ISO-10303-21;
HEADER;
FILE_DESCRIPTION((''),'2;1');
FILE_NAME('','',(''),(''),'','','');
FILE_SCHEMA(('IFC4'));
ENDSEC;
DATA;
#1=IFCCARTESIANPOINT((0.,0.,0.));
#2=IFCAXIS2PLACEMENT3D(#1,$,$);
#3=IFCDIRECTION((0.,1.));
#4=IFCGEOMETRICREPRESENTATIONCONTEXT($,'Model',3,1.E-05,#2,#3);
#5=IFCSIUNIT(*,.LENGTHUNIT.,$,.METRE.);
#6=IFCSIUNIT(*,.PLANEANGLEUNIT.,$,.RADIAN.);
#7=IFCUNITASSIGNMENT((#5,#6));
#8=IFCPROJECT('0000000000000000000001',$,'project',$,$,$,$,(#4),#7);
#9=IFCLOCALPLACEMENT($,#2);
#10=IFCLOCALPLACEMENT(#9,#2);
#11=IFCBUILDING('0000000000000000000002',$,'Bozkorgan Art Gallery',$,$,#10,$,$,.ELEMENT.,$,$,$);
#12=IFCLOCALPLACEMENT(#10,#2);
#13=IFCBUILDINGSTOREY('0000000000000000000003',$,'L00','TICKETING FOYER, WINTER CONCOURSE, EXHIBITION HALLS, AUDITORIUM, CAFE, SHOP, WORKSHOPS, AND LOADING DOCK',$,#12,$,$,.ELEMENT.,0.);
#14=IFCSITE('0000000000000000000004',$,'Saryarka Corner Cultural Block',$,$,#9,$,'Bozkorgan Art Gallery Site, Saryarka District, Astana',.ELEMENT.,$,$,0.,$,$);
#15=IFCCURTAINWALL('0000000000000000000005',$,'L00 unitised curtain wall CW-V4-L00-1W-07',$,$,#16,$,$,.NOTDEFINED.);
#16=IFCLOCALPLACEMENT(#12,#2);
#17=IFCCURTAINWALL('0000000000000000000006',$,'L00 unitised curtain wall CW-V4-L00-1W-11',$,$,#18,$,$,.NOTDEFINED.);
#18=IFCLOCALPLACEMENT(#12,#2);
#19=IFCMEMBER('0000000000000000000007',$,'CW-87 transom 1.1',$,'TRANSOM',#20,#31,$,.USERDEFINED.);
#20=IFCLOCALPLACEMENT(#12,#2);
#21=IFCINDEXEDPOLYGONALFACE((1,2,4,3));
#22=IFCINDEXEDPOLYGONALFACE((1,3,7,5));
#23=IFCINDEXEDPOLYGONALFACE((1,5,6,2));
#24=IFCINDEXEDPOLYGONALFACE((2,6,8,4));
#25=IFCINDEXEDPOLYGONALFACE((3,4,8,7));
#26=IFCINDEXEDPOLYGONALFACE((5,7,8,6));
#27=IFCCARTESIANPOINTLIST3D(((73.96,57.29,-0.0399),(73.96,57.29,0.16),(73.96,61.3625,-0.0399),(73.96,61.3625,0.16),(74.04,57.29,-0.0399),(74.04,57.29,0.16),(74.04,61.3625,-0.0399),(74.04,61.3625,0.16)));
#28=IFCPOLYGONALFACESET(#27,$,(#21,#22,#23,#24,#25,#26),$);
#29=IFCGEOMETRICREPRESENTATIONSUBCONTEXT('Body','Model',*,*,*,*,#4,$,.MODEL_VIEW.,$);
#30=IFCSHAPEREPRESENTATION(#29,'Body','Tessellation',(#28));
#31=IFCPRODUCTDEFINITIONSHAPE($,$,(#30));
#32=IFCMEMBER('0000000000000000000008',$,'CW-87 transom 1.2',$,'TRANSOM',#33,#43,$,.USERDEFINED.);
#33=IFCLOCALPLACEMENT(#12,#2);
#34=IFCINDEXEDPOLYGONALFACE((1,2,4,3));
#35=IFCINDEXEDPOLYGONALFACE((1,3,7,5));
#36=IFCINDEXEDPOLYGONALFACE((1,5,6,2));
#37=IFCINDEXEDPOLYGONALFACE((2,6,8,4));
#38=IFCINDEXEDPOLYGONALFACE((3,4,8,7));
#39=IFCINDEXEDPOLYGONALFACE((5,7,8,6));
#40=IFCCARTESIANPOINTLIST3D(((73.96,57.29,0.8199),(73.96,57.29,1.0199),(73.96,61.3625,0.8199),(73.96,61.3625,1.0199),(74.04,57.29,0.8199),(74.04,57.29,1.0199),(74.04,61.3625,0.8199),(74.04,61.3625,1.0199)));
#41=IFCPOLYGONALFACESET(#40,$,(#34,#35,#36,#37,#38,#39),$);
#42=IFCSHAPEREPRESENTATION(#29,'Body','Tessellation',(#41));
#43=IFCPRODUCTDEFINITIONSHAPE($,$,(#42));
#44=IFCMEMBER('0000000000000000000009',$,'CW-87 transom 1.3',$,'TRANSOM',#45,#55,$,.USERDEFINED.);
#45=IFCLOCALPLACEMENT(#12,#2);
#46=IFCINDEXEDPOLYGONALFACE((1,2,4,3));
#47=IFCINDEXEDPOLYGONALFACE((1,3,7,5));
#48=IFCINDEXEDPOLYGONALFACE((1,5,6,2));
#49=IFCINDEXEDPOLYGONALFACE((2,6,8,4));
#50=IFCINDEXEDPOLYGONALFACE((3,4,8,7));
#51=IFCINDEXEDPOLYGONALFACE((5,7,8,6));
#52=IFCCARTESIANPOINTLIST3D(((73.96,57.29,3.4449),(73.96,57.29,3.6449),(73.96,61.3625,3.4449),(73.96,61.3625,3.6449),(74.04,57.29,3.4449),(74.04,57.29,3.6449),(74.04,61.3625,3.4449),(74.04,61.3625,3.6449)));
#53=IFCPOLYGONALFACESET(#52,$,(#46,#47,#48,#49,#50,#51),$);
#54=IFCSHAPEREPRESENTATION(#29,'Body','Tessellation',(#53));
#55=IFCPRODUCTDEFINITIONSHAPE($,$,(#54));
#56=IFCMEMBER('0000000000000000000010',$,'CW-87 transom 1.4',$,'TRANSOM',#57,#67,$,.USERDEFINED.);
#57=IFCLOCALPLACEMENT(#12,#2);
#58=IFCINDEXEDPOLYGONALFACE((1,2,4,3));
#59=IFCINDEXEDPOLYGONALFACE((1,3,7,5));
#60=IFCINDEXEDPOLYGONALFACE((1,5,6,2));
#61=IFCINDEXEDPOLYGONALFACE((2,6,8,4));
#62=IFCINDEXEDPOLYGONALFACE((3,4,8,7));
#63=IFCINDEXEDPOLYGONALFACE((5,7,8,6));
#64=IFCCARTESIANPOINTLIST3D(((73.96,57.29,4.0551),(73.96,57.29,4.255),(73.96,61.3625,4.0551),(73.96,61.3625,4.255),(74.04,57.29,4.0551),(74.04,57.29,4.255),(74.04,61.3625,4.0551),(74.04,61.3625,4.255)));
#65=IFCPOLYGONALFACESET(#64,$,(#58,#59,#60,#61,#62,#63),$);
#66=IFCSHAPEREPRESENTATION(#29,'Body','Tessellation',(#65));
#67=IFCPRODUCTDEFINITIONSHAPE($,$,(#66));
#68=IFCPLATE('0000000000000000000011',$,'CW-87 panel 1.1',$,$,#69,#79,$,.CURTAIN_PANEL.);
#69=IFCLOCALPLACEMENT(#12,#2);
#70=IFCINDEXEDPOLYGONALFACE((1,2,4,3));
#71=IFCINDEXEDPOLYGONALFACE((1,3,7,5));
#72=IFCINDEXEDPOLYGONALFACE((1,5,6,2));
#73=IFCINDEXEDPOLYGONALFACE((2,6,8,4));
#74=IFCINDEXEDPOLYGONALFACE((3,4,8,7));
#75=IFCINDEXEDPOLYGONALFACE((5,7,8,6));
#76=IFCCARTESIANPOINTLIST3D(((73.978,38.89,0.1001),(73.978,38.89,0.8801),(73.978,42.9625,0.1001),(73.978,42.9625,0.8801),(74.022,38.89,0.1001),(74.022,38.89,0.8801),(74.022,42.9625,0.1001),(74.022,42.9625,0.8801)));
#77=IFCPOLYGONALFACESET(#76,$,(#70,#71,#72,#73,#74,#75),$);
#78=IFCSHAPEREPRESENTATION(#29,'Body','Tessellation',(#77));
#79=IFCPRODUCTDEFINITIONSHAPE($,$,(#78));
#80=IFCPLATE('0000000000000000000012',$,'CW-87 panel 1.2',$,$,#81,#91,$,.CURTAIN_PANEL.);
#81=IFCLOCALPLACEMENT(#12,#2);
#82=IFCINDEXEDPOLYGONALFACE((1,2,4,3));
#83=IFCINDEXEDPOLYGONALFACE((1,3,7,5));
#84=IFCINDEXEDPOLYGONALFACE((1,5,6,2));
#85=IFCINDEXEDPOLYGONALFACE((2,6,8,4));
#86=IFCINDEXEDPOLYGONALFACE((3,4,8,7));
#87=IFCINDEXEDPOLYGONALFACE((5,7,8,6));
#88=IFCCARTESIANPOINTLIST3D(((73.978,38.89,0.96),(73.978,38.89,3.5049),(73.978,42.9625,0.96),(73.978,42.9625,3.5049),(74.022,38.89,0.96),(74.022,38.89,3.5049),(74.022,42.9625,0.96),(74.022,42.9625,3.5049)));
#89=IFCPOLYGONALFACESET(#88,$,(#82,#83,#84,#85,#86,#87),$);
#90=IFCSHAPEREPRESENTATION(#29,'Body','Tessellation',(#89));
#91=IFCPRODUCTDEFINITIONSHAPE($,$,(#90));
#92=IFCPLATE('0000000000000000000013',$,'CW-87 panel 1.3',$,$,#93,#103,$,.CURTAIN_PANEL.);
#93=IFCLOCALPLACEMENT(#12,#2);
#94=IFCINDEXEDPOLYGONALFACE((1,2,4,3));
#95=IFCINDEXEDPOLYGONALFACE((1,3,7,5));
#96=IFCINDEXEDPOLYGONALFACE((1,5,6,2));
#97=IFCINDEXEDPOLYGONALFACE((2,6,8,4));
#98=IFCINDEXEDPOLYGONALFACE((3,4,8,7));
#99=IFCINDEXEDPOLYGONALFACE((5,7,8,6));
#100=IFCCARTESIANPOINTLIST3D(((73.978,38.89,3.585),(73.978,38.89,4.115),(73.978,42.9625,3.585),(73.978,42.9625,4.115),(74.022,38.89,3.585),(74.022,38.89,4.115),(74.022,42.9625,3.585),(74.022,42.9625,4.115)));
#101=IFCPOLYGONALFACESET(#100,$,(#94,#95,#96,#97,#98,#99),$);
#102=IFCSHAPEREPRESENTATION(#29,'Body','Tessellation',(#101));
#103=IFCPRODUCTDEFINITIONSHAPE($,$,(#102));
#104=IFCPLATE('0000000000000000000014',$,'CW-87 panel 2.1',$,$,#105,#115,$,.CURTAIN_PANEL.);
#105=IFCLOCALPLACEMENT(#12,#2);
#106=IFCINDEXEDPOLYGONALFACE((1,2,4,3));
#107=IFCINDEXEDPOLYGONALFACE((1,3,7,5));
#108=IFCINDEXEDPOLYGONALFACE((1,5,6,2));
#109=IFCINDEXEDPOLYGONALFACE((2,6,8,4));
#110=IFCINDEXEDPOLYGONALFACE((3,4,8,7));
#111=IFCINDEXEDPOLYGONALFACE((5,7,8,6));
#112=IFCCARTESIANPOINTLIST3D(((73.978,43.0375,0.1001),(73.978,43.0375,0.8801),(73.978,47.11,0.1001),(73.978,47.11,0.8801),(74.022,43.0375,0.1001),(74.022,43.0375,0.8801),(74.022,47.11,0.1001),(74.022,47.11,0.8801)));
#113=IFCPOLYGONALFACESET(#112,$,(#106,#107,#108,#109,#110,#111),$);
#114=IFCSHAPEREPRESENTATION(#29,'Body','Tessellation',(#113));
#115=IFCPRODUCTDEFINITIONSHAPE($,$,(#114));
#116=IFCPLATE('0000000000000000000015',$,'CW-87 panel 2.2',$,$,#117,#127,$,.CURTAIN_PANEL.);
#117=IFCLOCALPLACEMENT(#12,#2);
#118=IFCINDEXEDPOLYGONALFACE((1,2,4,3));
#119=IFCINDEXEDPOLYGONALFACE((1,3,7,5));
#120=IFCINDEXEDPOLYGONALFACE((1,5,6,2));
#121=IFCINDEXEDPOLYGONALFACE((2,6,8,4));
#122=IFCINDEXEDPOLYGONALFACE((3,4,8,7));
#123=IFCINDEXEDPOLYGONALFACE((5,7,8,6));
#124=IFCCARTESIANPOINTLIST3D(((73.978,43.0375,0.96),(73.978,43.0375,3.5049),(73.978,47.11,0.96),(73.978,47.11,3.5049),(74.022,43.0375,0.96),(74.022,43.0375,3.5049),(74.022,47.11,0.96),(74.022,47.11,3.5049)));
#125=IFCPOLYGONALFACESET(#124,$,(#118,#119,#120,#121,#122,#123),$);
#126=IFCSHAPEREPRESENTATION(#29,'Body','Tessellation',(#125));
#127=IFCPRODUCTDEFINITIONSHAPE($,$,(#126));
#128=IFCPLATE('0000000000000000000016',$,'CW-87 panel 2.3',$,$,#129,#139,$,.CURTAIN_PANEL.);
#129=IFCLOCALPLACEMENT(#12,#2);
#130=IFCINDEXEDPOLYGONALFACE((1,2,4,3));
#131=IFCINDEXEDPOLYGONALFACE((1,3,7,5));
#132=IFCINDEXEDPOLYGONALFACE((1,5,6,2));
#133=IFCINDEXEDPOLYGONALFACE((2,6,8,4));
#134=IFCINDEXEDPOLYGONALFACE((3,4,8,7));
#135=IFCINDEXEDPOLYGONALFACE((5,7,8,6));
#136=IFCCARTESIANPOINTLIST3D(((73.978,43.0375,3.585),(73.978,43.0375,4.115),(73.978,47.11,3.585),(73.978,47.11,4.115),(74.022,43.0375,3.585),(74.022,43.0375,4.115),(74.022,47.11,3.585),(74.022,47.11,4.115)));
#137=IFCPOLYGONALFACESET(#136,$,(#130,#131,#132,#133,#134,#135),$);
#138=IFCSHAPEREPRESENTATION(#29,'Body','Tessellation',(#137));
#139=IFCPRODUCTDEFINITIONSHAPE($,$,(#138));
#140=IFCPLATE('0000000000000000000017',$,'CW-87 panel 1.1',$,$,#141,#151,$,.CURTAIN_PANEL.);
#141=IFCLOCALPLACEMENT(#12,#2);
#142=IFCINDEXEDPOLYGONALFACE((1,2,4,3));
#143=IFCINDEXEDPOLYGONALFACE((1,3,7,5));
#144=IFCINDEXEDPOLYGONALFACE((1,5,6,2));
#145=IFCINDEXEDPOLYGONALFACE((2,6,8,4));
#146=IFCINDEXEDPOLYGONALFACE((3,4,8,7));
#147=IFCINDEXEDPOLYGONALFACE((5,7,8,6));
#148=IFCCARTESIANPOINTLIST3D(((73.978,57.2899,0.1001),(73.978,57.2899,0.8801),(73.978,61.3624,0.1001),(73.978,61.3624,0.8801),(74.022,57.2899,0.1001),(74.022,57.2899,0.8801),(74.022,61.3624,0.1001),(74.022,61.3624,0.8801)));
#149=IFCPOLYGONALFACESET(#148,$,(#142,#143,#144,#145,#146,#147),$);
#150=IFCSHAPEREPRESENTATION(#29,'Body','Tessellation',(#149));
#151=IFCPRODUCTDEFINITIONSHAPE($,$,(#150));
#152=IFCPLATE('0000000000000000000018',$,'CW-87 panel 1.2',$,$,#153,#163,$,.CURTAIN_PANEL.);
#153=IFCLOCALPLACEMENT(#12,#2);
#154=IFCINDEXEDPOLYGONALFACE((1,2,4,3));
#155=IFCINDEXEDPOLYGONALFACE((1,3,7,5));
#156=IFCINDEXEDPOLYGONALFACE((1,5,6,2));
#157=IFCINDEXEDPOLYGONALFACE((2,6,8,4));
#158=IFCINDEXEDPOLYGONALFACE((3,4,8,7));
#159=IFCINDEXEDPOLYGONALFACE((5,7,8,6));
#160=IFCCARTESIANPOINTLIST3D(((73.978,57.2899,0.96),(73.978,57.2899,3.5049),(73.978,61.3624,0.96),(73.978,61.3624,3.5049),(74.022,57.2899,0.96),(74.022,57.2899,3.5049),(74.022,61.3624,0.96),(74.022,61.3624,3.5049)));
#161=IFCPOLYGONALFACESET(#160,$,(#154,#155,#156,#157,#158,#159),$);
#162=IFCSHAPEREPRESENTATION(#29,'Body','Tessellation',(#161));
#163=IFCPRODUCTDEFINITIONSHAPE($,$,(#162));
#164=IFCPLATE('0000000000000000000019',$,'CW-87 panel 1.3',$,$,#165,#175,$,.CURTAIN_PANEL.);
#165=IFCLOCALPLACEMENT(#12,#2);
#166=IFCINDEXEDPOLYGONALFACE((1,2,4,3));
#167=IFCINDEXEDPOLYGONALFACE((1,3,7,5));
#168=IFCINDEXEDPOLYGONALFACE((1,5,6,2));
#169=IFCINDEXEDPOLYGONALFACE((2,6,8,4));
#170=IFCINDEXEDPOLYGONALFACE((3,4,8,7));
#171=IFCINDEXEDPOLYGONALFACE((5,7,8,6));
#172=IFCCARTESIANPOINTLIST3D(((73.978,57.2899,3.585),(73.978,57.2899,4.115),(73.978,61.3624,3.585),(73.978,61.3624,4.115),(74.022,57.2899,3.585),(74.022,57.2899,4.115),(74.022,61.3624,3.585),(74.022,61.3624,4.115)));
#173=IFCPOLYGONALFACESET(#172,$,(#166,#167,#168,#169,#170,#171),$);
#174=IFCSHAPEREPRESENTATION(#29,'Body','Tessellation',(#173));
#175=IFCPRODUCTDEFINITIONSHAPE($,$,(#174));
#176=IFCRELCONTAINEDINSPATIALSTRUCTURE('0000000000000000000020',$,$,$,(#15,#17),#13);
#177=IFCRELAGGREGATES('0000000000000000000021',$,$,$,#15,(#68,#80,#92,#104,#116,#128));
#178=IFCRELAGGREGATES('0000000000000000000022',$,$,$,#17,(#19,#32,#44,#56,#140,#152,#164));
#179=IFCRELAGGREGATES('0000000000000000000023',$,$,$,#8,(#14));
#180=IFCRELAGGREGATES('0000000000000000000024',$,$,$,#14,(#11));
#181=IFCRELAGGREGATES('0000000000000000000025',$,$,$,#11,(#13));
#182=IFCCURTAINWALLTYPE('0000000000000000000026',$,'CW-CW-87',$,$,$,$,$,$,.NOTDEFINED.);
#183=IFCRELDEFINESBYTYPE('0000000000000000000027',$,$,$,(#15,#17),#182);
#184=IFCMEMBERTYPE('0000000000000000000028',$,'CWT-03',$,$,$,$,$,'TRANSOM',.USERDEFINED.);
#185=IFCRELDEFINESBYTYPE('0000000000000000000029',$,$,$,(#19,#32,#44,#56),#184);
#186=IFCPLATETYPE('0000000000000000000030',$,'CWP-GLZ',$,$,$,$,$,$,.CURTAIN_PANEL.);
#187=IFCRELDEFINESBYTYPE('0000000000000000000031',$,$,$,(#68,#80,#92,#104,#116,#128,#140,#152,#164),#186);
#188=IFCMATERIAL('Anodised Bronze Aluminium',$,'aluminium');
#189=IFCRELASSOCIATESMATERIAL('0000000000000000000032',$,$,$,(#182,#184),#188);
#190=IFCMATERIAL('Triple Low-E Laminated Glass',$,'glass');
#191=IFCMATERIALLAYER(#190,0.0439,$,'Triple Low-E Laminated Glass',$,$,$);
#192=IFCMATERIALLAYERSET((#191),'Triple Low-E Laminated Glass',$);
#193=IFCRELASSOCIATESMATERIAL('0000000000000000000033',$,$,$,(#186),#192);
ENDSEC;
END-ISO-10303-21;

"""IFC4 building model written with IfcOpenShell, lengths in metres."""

from ifc_helpers import new_model, si_unit, direction, frame, origin, origin_2d, place, context, subcontext, project, spatial, rectangle, extrude, material, layer, layer_set, material_profile, profile_set, type_object, element, aggregate, save


model = new_model("IFC4")

# Units and contexts
model_context = context("Model", 3, precision=1e-05, world=origin(), true_north=direction((0.0, 1.0)))
body_context = subcontext(model_context, "Body", "Model", "MODEL_VIEW")
ifc_project = project(units=[si_unit("LENGTHUNIT", "METRE"), si_unit("PLANEANGLEUNIT", "RADIAN")], contexts=[model_context])

# Site, building, storey
site_placement = place(None, origin())
site = spatial("IfcSite", under=ifc_project, at=site_placement, Name="Saryarka Corner Cultural Block", LongName="Bozkorgan Art Gallery Site, Saryarka District, Astana", CompositionType="ELEMENT", RefElevation=0.0)
building_placement = place(site_placement, origin())
building = spatial("IfcBuilding", under=site, at=building_placement, Name="Bozkorgan Art Gallery", CompositionType="ELEMENT")
storey_placement = place(building_placement, origin())
storey = spatial("IfcBuildingStorey", under=building, at=storey_placement, Name="L00", Description="TICKETING FOYER, WINTER CONCOURSE, EXHIBITION HALLS, AUDITORIUM, CAFE, SHOP, WORKSHOPS, AND LOADING DOCK", CompositionType="ELEMENT", Elevation=0.0)

# Curtain wall
ifc_material_1 = material(Name="Anodised Bronze Aluminium", Category="aluminium")
curtain_wall_type = type_object("IfcCurtainWallType", Name="CW-CW-87", PredefinedType="NOTDEFINED", material=ifc_material_1)
curtain_wall_1_placement = place(storey_placement, origin())
curtain_wall_1 = element("IfcCurtainWall", 1, at=curtain_wall_1_placement, inside=storey, type_object=curtain_wall_type, Name="L00 unitised curtain wall CW-V4-L00-1W-07", PredefinedType="NOTDEFINED")

# Curtain wall
curtain_wall_2_placement = place(storey_placement, origin())
curtain_wall_2 = element("IfcCurtainWall", 2, at=curtain_wall_2_placement, inside=storey, type_object=curtain_wall_type, Name="L00 unitised curtain wall CW-V4-L00-1W-11", PredefinedType="NOTDEFINED")

# Members
ifc_material_profile_1 = material_profile(ifc_material_1, rectangle(XDim=0.0801, YDim=0.2, at=origin_2d()), Name="ALU TRANSOM 80x200")
ifc_profile_set_1 = profile_set([ifc_material_profile_1], Name="Anodised Bronze Aluminium")
member_type_1 = type_object("IfcMemberType", Name="CWT-03", ElementType="TRANSOM", PredefinedType="USERDEFINED", material=ifc_profile_set_1)
member_1_placement = place(storey_placement, frame((74.0, 57.29, 0.0601), z_axis=(0.0, 1.0, 0.0), x_axis=(-1.0, 0.0, 0.0)))
member_1 = element("IfcMember", 3, at=member_1_placement, type_object=member_type_1, Name="CW-87 transom 1.1", ObjectType="TRANSOM", PredefinedType="USERDEFINED", context=body_context, shape_type="SweptSolid", body=[
    extrude(rectangle(XDim=0.0801, YDim=0.2, at=origin_2d()), origin(), (0.0, 0.0, 1.0), 4.0725),
])
member_2_placement = place(storey_placement, frame((74.0, 57.29, 0.9199), z_axis=(0.0, 1.0, 0.0), x_axis=(-1.0, 0.0, 0.0)))
member_2 = element("IfcMember", 4, at=member_2_placement, type_object=member_type_1, Name="CW-87 transom 1.2", ObjectType="TRANSOM", PredefinedType="USERDEFINED", context=body_context, shape_type="SweptSolid", body=[
    extrude(rectangle(XDim=0.0801, YDim=0.2, at=origin_2d()), origin(), (0.0, 0.0, 1.0), 4.0725),
])
member_3_placement = place(storey_placement, frame((74.0, 57.29, 3.5449), z_axis=(0.0, 1.0, 0.0), x_axis=(-1.0, 0.0, 0.0)))
member_3 = element("IfcMember", 5, at=member_3_placement, type_object=member_type_1, Name="CW-87 transom 1.3", ObjectType="TRANSOM", PredefinedType="USERDEFINED", context=body_context, shape_type="SweptSolid", body=[
    extrude(rectangle(XDim=0.0801, YDim=0.2, at=origin_2d()), origin(), (0.0, 0.0, 1.0), 4.0725),
])
member_4_placement = place(storey_placement, frame((74.0, 57.29, 4.155), z_axis=(0.0, 1.0, 0.0), x_axis=(-1.0, 0.0, 0.0)))
member_4 = element("IfcMember", 6, at=member_4_placement, type_object=member_type_1, Name="CW-87 transom 1.4", ObjectType="TRANSOM", PredefinedType="USERDEFINED", context=body_context, shape_type="SweptSolid", body=[
    extrude(rectangle(XDim=0.0801, YDim=0.2, at=origin_2d()), origin(), (0.0, 0.0, 1.0), 4.0725),
])

# Plates
ifc_material_2 = material(Name="Triple Low-E Laminated Glass", Category="glass")
ifc_layer_1 = layer(ifc_material_2, 0.0439, Name="Triple Low-E Laminated Glass")
ifc_layer_set_1 = layer_set([ifc_layer_1], Name="Triple Low-E Laminated Glass")
plate_type = type_object("IfcPlateType", Name="CWP-GLZ", PredefinedType="CURTAIN_PANEL", material=ifc_layer_set_1)
plate_1_placement = place(storey_placement, frame((74.0, 40.9263, 0.1001), z_axis=(0.0, 0.0, 1.0), x_axis=(0.0, 1.0, 0.0)))
plate_1 = element("IfcPlate", 7, at=plate_1_placement, type_object=plate_type, Name="CW-87 panel 1.1", PredefinedType="CURTAIN_PANEL", context=body_context, shape_type="SweptSolid", body=[
    extrude(rectangle(XDim=4.0725, YDim=0.0439, at=origin_2d()), origin(), (0.0, 0.0, 1.0), 0.78),
])
plate_2_placement = place(storey_placement, frame((74.0, 40.9263, 0.96), z_axis=(0.0, 0.0, 1.0), x_axis=(0.0, 1.0, 0.0)))
plate_2 = element("IfcPlate", 8, at=plate_2_placement, type_object=plate_type, Name="CW-87 panel 1.2", PredefinedType="CURTAIN_PANEL", context=body_context, shape_type="SweptSolid", body=[
    extrude(rectangle(XDim=4.0725, YDim=0.0439, at=origin_2d()), origin(), (0.0, 0.0, 1.0), 2.5449),
])
plate_3_placement = place(storey_placement, frame((74.0, 40.9263, 3.585), z_axis=(0.0, 0.0, 1.0), x_axis=(0.0, 1.0, 0.0)))
plate_3 = element("IfcPlate", 9, at=plate_3_placement, type_object=plate_type, Name="CW-87 panel 1.3", PredefinedType="CURTAIN_PANEL", context=body_context, shape_type="SweptSolid", body=[
    extrude(rectangle(XDim=4.0725, YDim=0.0439, at=origin_2d()), origin(), (0.0, 0.0, 1.0), 0.53),
])
plate_4_placement = place(storey_placement, frame((74.0, 45.0737, 0.1001), z_axis=(0.0, 0.0, 1.0), x_axis=(0.0, 1.0, 0.0)))
plate_4 = element("IfcPlate", 10, at=plate_4_placement, type_object=plate_type, Name="CW-87 panel 2.1", PredefinedType="CURTAIN_PANEL", context=body_context, shape_type="SweptSolid", body=[
    extrude(rectangle(XDim=4.0725, YDim=0.0439, at=origin_2d()), origin(), (0.0, 0.0, 1.0), 0.78),
])
plate_5_placement = place(storey_placement, frame((74.0, 45.0737, 0.96), z_axis=(0.0, 0.0, 1.0), x_axis=(0.0, 1.0, 0.0)))
plate_5 = element("IfcPlate", 11, at=plate_5_placement, type_object=plate_type, Name="CW-87 panel 2.2", PredefinedType="CURTAIN_PANEL", context=body_context, shape_type="SweptSolid", body=[
    extrude(rectangle(XDim=4.0725, YDim=0.0439, at=origin_2d()), origin(), (0.0, 0.0, 1.0), 2.5449),
])
plate_6_placement = place(storey_placement, frame((74.0, 45.0737, 3.585), z_axis=(0.0, 0.0, 1.0), x_axis=(0.0, 1.0, 0.0)))
plate_6 = element("IfcPlate", 12, at=plate_6_placement, type_object=plate_type, Name="CW-87 panel 2.3", PredefinedType="CURTAIN_PANEL", context=body_context, shape_type="SweptSolid", body=[
    extrude(rectangle(XDim=4.0725, YDim=0.0439, at=origin_2d()), origin(), (0.0, 0.0, 1.0), 0.53),
])
aggregate(curtain_wall_1, [plate_1, plate_2, plate_3, plate_4, plate_5, plate_6])
plate_7_placement = place(storey_placement, frame((74.0, 59.3262, 0.1001), z_axis=(0.0, 0.0, 1.0), x_axis=(0.0, 1.0, 0.0)))
plate_7 = element("IfcPlate", 13, at=plate_7_placement, type_object=plate_type, Name="CW-87 panel 1.1", PredefinedType="CURTAIN_PANEL", context=body_context, shape_type="SweptSolid", body=[
    extrude(rectangle(XDim=4.0725, YDim=0.0439, at=origin_2d()), origin(), (0.0, 0.0, 1.0), 0.78),
])
plate_8_placement = place(storey_placement, frame((74.0, 59.3262, 0.96), z_axis=(0.0, 0.0, 1.0), x_axis=(0.0, 1.0, 0.0)))
plate_8 = element("IfcPlate", 14, at=plate_8_placement, type_object=plate_type, Name="CW-87 panel 1.2", PredefinedType="CURTAIN_PANEL", context=body_context, shape_type="SweptSolid", body=[
    extrude(rectangle(XDim=4.0725, YDim=0.0439, at=origin_2d()), origin(), (0.0, 0.0, 1.0), 2.5449),
])
plate_9_placement = place(storey_placement, frame((74.0, 59.3262, 3.585), z_axis=(0.0, 0.0, 1.0), x_axis=(0.0, 1.0, 0.0)))
plate_9 = element("IfcPlate", 15, at=plate_9_placement, type_object=plate_type, Name="CW-87 panel 1.3", PredefinedType="CURTAIN_PANEL", context=body_context, shape_type="SweptSolid", body=[
    extrude(rectangle(XDim=4.0725, YDim=0.0439, at=origin_2d()), origin(), (0.0, 0.0, 1.0), 0.53),
])
aggregate(curtain_wall_2, [member_1, member_2, member_3, member_4, plate_7, plate_8, plate_9])

save(model, "model.ifc")
